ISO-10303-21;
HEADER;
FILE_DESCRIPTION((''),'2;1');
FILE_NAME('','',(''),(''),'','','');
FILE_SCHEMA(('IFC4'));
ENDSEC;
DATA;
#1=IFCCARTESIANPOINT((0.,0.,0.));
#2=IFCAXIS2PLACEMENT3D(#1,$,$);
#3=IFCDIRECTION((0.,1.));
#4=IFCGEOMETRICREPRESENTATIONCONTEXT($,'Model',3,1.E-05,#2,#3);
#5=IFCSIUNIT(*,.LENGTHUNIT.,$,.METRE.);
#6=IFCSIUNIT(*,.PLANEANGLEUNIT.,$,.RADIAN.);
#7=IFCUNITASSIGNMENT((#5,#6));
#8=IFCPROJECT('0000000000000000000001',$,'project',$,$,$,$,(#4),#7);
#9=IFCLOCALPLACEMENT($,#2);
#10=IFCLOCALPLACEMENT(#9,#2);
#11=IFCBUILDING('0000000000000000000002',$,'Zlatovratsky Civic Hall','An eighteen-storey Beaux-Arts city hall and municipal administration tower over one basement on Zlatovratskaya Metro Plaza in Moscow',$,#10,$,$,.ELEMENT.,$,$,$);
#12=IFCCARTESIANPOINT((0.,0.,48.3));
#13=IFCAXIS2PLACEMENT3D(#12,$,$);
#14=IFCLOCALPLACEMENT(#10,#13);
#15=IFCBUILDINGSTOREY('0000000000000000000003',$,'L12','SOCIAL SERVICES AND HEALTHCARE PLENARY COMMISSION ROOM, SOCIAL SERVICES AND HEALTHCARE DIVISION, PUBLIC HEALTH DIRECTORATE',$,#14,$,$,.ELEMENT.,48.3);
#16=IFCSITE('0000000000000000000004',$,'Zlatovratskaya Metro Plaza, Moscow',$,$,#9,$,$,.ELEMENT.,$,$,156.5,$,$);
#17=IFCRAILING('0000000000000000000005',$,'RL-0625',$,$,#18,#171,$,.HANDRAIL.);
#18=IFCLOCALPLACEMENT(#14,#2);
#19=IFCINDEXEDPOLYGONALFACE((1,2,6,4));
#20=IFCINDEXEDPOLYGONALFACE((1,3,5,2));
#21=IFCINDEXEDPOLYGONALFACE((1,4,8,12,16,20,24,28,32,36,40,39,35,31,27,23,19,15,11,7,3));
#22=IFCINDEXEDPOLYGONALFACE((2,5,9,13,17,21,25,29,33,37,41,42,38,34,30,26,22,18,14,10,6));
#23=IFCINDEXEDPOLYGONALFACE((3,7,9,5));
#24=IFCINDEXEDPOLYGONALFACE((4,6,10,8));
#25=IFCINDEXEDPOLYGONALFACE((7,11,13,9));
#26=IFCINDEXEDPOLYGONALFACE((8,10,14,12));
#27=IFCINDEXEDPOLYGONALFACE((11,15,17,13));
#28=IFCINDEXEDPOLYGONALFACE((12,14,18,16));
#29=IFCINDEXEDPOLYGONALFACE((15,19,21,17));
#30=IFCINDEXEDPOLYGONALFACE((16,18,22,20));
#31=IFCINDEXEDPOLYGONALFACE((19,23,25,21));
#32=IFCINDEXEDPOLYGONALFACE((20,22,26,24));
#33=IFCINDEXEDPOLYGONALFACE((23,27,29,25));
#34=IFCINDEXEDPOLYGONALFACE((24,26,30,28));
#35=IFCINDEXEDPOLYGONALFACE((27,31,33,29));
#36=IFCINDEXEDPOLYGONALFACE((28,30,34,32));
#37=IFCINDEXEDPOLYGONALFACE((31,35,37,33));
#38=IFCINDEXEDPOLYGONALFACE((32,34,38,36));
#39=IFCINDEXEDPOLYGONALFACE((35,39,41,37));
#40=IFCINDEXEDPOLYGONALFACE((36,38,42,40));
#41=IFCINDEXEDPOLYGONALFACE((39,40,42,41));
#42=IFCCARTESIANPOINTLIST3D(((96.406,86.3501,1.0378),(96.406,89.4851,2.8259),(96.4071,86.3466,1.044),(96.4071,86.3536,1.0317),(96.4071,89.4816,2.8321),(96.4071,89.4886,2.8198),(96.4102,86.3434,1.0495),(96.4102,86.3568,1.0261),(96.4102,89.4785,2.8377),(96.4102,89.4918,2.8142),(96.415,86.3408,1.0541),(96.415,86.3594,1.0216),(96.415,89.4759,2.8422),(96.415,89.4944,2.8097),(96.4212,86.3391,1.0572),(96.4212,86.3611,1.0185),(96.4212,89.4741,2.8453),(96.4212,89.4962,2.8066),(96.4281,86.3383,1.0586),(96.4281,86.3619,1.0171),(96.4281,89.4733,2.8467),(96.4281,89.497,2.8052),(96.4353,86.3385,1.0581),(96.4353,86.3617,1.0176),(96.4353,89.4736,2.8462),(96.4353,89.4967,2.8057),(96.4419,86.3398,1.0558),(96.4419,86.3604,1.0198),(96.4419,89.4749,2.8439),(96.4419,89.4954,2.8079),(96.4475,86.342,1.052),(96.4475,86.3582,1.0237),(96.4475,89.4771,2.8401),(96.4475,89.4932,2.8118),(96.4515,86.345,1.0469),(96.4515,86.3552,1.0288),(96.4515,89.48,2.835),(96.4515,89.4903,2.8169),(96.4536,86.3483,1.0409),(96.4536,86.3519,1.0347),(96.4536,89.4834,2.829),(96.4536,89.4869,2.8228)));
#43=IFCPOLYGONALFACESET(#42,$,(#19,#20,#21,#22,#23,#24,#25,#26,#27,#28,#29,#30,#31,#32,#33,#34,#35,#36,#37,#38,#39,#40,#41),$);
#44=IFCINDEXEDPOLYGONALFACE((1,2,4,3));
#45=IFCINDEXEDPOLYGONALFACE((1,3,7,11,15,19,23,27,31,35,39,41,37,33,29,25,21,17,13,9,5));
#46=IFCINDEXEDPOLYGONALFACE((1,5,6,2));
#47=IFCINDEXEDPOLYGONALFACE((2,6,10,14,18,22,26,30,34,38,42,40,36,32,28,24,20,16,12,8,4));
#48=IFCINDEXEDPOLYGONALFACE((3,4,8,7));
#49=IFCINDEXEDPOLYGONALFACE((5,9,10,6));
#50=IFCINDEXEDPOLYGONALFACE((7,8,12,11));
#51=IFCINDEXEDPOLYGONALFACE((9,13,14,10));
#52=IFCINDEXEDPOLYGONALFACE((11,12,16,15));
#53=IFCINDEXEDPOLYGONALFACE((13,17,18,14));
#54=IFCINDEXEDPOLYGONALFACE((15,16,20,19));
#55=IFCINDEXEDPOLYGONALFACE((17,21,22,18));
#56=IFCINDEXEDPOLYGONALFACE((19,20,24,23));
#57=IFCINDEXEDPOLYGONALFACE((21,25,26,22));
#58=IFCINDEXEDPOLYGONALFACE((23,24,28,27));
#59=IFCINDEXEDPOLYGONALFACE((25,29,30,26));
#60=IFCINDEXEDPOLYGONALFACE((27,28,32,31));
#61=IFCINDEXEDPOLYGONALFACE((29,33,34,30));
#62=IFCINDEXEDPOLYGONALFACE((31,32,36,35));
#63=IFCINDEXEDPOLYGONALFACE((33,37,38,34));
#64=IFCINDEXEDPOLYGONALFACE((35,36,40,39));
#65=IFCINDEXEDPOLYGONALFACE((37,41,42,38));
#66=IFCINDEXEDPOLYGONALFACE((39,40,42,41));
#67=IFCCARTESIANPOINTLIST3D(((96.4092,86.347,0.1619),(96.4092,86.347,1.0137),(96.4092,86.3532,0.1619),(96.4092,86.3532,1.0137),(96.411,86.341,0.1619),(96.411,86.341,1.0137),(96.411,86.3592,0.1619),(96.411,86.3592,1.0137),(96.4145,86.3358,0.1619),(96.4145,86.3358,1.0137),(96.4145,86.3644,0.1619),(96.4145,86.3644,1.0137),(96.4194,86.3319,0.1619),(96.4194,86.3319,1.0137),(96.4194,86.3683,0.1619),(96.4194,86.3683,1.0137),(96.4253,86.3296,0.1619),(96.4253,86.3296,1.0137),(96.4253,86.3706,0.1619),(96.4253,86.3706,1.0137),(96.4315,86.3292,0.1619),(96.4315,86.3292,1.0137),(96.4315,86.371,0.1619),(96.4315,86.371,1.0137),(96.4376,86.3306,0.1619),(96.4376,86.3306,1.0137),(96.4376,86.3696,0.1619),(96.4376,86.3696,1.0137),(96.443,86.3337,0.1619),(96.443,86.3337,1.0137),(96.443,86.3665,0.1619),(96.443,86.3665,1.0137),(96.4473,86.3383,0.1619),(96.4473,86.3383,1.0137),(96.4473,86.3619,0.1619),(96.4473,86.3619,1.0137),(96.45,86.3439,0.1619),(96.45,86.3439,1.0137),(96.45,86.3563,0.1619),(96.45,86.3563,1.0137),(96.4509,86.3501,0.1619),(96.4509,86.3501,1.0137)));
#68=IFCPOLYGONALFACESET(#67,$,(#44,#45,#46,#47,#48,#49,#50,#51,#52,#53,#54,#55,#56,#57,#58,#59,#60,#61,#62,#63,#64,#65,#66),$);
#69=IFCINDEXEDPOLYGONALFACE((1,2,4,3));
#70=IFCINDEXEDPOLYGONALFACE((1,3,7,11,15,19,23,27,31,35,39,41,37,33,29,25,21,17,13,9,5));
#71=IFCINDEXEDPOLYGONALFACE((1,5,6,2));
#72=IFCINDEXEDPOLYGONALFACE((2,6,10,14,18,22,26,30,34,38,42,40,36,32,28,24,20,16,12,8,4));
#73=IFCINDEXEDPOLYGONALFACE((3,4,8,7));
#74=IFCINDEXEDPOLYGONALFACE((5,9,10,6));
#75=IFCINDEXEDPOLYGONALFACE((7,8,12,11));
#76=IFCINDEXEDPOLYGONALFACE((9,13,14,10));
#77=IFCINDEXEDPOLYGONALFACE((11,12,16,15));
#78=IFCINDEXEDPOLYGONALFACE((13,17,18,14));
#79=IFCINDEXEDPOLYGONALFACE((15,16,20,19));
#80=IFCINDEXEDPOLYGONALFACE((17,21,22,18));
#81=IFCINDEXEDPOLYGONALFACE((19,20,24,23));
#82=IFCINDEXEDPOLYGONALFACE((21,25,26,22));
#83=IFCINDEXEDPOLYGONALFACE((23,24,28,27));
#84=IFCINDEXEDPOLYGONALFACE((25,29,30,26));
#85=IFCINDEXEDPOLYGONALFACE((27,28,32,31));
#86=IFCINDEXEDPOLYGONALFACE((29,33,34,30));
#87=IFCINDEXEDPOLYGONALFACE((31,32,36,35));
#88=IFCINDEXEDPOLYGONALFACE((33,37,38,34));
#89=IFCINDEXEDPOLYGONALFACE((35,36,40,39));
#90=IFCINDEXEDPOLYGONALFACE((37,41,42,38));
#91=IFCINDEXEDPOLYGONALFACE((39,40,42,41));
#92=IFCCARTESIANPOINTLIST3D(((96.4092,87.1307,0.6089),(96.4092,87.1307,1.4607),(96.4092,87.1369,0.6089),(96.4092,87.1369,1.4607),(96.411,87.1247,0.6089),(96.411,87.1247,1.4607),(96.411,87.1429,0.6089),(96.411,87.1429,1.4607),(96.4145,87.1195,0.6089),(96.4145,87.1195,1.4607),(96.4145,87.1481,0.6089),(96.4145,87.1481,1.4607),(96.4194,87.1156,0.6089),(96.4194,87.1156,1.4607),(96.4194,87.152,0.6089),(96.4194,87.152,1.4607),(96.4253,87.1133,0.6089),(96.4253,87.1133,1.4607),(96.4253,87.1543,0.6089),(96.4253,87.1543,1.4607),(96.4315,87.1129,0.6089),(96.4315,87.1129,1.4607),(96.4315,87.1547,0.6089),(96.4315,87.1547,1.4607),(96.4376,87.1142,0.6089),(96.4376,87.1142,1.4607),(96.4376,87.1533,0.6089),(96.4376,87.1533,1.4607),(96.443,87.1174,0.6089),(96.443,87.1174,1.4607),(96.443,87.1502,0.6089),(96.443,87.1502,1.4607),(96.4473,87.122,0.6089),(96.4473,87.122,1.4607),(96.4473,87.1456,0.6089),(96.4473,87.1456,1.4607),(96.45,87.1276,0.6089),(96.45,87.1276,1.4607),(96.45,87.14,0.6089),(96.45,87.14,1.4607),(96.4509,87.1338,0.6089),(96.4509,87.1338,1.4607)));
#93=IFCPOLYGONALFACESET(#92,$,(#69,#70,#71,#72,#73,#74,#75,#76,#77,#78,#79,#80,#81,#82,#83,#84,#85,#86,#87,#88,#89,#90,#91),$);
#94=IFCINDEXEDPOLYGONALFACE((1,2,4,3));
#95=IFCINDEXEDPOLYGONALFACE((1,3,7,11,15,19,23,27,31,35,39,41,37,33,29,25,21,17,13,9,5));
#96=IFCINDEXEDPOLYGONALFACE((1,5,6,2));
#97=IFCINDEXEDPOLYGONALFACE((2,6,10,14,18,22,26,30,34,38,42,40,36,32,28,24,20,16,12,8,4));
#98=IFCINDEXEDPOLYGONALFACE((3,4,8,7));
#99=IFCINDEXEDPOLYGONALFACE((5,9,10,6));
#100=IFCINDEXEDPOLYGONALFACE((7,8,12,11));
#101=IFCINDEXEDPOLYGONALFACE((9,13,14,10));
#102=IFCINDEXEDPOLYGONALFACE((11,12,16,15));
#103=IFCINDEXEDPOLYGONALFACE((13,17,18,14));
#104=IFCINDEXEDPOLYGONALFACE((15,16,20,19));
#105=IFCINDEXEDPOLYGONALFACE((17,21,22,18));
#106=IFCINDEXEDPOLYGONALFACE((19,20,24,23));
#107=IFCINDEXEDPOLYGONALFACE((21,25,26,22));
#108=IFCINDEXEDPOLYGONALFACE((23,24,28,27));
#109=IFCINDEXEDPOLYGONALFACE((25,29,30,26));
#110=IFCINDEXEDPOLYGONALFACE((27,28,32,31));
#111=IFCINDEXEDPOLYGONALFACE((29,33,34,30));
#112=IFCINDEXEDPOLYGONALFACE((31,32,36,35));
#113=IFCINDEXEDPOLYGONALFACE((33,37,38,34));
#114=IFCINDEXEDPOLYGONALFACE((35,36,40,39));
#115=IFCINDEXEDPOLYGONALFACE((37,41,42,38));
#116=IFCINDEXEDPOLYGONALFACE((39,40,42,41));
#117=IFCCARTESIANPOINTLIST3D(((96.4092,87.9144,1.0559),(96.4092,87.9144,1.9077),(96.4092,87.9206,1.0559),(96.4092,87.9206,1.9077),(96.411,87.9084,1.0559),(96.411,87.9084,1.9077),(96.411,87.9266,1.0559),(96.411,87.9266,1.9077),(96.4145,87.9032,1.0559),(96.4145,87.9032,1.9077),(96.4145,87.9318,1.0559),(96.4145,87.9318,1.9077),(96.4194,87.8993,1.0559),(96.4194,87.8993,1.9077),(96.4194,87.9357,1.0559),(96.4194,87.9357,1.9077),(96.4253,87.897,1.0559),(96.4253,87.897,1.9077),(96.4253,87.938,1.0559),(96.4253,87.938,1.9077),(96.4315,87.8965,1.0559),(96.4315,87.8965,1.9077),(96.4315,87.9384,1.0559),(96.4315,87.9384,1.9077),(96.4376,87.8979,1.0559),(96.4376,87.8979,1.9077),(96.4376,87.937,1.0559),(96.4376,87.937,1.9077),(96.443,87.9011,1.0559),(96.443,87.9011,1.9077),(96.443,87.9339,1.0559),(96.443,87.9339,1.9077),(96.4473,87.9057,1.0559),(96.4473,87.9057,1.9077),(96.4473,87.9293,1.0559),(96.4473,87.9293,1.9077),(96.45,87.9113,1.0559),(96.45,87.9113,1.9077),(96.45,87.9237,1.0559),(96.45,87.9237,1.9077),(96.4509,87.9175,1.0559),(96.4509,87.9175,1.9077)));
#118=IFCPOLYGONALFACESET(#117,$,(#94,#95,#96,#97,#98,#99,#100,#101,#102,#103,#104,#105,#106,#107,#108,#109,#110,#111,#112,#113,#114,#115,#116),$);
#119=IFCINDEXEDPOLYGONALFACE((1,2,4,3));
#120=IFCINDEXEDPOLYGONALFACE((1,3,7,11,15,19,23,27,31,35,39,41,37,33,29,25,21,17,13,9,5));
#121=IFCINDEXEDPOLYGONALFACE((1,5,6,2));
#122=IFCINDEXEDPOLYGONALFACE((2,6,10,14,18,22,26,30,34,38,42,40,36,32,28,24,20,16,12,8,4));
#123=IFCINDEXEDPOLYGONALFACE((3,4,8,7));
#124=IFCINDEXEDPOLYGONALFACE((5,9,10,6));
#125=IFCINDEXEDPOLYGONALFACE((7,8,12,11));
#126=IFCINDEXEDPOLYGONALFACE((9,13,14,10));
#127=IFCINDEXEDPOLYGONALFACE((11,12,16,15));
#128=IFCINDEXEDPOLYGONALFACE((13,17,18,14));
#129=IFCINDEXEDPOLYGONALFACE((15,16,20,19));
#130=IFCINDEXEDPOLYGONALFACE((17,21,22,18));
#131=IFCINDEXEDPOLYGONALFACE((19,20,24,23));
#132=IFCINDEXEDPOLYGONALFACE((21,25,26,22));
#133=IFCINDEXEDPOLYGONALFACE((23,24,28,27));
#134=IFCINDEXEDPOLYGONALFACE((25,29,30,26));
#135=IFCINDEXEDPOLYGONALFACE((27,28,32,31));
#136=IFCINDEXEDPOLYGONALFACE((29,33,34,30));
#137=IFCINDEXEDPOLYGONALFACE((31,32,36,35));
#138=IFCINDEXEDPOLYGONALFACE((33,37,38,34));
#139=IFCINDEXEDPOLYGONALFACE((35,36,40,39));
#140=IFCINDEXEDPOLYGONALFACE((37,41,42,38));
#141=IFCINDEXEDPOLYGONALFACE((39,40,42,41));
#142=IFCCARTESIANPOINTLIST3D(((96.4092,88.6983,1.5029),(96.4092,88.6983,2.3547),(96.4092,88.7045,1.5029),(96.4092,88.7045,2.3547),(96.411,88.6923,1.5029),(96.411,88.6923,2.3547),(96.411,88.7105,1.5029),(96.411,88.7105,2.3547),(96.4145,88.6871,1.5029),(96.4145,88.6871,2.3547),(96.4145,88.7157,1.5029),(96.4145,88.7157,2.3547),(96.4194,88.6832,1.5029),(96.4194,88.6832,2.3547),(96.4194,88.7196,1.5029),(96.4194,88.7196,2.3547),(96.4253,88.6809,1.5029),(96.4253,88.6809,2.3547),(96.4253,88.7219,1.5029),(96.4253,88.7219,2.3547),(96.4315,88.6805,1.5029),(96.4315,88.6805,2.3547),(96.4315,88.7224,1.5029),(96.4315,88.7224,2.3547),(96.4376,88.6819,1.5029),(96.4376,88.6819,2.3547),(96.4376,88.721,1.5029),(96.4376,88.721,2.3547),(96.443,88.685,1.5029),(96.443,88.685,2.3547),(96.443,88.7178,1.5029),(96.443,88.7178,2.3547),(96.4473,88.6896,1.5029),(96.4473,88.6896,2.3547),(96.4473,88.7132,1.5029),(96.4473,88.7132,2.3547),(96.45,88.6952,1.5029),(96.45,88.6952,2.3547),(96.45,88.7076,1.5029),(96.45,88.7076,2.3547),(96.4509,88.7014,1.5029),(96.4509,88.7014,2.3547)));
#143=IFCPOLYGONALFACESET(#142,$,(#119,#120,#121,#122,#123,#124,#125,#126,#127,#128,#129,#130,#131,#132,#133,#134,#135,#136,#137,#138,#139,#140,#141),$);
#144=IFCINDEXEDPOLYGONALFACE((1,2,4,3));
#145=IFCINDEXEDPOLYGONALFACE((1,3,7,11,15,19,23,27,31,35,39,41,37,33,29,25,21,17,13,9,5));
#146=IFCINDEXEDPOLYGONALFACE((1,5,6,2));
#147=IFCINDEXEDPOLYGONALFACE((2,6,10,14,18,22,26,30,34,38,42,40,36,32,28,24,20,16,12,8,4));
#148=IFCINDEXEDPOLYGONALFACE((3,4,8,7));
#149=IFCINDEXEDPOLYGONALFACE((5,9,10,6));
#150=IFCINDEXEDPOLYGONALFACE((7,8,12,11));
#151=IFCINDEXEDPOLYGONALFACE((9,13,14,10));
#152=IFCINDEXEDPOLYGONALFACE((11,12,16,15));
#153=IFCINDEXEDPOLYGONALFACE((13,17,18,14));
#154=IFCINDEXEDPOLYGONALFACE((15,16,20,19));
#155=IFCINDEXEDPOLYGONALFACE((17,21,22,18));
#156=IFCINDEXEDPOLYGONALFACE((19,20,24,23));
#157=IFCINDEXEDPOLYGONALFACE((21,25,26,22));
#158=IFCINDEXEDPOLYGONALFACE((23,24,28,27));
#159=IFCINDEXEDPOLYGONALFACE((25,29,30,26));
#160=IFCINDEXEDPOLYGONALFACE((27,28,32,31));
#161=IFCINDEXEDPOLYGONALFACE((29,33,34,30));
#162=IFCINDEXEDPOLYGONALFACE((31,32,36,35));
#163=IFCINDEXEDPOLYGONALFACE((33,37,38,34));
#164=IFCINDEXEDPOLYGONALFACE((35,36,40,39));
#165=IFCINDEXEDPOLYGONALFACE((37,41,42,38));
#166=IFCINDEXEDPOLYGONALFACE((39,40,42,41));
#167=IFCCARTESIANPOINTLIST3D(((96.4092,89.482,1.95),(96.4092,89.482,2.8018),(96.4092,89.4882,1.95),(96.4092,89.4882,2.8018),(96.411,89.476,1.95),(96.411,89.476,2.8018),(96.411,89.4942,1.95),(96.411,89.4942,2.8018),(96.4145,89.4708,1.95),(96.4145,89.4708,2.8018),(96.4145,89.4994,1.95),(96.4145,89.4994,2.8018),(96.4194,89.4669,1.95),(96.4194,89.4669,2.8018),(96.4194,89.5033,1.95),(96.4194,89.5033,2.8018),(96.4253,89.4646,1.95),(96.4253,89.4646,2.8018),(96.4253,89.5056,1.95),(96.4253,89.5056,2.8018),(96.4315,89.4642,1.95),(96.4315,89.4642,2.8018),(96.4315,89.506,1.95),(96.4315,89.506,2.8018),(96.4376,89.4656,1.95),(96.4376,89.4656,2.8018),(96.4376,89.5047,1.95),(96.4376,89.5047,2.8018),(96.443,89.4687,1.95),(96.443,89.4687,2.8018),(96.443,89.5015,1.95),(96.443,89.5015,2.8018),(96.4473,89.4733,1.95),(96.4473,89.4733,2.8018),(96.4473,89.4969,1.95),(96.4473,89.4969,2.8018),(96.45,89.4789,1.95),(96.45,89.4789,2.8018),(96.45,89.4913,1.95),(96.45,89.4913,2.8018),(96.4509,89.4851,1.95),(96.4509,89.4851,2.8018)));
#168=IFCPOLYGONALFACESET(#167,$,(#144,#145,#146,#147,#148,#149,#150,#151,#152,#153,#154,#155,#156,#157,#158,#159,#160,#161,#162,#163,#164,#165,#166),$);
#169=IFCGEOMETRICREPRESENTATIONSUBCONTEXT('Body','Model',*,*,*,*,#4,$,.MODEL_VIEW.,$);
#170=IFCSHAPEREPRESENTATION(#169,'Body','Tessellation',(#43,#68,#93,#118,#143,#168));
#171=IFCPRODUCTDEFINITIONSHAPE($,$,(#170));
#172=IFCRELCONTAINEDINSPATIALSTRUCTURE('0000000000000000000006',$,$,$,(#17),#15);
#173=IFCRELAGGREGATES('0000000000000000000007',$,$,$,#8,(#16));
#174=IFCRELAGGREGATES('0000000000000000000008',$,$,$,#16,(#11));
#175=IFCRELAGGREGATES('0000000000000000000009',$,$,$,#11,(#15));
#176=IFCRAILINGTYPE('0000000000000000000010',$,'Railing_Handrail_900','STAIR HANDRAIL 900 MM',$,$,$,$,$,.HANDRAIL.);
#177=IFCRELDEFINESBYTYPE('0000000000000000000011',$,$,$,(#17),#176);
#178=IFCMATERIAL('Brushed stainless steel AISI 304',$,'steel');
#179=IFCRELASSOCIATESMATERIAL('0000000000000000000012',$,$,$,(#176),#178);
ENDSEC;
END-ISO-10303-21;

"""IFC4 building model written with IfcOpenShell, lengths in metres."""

from ifc_helpers import new_model, si_unit, direction, frame, origin, origin_2d, place, context, subcontext, project, spatial, circle, extrude, material, type_object, element, save


model = new_model("IFC4")

# Units and contexts
model_context = context("Model", 3, precision=1e-05, world=origin(), true_north=direction((0.0, 1.0)))
body_context = subcontext(model_context, "Body", "Model", "MODEL_VIEW")
ifc_project = project(units=[si_unit("LENGTHUNIT", "METRE"), si_unit("PLANEANGLEUNIT", "RADIAN")], contexts=[model_context])

# Site, building, storey
site_placement = place(None, origin())
site = spatial("IfcSite", under=ifc_project, at=site_placement, Name="Zlatovratskaya Metro Plaza, Moscow", CompositionType="ELEMENT", RefElevation=156.5)
building_placement = place(site_placement, origin())
building = spatial("IfcBuilding", under=site, at=building_placement, Name="Zlatovratsky Civic Hall", Description="An eighteen-storey Beaux-Arts city hall and municipal administration tower over one basement on Zlatovratskaya Metro Plaza in Moscow", CompositionType="ELEMENT")
storey_placement = place(building_placement, frame((0.0, 0.0, 48.3)))
storey = spatial("IfcBuildingStorey", under=building, at=storey_placement, Name="L12", Description="SOCIAL SERVICES AND HEALTHCARE PLENARY COMMISSION ROOM, SOCIAL SERVICES AND HEALTHCARE DIVISION, PUBLIC HEALTH DIRECTORATE", CompositionType="ELEMENT", Elevation=48.3)

# Railing
ifc_material_1 = material(Name="Brushed stainless steel AISI 304", Category="steel")
railing_type_1 = type_object("IfcRailingType", Name="Railing_Handrail_900", Description="STAIR HANDRAIL 900 MM", PredefinedType="HANDRAIL", material=ifc_material_1)
railing_1_placement = place(storey_placement, frame((96.4299, 86.3501, 0.1619)))
element("IfcRailing", 1, at=railing_1_placement, inside=storey, type_object=railing_type_1, Name="RL-0625", PredefinedType="HANDRAIL", context=body_context, shape_type="SweptSolid", body=[
    extrude(circle(Radius=0.0239, at=origin_2d()), frame((0.0, 0.0, 0.876), z_axis=(0.0, 0.868642, 0.495439), x_axis=(-1.0, 0.0, 0.0)), (0.0, 0.0, 1.0), 3.6091),
    extrude(circle(Radius=0.021, at=origin_2d()), origin(), (0.0, 0.0, 1.0), 0.8518),
    extrude(circle(Radius=0.021, at=origin_2d()), frame((0.0, 0.7837, 0.447)), (0.0, 0.0, 1.0), 0.8518),
    extrude(circle(Radius=0.021, at=origin_2d()), frame((0.0, 1.5674, 0.894)), (0.0, 0.0, 1.0), 0.8518),
    extrude(circle(Radius=0.021, at=origin_2d()), frame((0.0, 2.3513, 1.3411)), (0.0, 0.0, 1.0), 0.8518),
    extrude(circle(Radius=0.021, at=origin_2d()), frame((0.0, 3.135, 1.7881)), (0.0, 0.0, 1.0), 0.8518),
])

save(model, "model.ifc")
